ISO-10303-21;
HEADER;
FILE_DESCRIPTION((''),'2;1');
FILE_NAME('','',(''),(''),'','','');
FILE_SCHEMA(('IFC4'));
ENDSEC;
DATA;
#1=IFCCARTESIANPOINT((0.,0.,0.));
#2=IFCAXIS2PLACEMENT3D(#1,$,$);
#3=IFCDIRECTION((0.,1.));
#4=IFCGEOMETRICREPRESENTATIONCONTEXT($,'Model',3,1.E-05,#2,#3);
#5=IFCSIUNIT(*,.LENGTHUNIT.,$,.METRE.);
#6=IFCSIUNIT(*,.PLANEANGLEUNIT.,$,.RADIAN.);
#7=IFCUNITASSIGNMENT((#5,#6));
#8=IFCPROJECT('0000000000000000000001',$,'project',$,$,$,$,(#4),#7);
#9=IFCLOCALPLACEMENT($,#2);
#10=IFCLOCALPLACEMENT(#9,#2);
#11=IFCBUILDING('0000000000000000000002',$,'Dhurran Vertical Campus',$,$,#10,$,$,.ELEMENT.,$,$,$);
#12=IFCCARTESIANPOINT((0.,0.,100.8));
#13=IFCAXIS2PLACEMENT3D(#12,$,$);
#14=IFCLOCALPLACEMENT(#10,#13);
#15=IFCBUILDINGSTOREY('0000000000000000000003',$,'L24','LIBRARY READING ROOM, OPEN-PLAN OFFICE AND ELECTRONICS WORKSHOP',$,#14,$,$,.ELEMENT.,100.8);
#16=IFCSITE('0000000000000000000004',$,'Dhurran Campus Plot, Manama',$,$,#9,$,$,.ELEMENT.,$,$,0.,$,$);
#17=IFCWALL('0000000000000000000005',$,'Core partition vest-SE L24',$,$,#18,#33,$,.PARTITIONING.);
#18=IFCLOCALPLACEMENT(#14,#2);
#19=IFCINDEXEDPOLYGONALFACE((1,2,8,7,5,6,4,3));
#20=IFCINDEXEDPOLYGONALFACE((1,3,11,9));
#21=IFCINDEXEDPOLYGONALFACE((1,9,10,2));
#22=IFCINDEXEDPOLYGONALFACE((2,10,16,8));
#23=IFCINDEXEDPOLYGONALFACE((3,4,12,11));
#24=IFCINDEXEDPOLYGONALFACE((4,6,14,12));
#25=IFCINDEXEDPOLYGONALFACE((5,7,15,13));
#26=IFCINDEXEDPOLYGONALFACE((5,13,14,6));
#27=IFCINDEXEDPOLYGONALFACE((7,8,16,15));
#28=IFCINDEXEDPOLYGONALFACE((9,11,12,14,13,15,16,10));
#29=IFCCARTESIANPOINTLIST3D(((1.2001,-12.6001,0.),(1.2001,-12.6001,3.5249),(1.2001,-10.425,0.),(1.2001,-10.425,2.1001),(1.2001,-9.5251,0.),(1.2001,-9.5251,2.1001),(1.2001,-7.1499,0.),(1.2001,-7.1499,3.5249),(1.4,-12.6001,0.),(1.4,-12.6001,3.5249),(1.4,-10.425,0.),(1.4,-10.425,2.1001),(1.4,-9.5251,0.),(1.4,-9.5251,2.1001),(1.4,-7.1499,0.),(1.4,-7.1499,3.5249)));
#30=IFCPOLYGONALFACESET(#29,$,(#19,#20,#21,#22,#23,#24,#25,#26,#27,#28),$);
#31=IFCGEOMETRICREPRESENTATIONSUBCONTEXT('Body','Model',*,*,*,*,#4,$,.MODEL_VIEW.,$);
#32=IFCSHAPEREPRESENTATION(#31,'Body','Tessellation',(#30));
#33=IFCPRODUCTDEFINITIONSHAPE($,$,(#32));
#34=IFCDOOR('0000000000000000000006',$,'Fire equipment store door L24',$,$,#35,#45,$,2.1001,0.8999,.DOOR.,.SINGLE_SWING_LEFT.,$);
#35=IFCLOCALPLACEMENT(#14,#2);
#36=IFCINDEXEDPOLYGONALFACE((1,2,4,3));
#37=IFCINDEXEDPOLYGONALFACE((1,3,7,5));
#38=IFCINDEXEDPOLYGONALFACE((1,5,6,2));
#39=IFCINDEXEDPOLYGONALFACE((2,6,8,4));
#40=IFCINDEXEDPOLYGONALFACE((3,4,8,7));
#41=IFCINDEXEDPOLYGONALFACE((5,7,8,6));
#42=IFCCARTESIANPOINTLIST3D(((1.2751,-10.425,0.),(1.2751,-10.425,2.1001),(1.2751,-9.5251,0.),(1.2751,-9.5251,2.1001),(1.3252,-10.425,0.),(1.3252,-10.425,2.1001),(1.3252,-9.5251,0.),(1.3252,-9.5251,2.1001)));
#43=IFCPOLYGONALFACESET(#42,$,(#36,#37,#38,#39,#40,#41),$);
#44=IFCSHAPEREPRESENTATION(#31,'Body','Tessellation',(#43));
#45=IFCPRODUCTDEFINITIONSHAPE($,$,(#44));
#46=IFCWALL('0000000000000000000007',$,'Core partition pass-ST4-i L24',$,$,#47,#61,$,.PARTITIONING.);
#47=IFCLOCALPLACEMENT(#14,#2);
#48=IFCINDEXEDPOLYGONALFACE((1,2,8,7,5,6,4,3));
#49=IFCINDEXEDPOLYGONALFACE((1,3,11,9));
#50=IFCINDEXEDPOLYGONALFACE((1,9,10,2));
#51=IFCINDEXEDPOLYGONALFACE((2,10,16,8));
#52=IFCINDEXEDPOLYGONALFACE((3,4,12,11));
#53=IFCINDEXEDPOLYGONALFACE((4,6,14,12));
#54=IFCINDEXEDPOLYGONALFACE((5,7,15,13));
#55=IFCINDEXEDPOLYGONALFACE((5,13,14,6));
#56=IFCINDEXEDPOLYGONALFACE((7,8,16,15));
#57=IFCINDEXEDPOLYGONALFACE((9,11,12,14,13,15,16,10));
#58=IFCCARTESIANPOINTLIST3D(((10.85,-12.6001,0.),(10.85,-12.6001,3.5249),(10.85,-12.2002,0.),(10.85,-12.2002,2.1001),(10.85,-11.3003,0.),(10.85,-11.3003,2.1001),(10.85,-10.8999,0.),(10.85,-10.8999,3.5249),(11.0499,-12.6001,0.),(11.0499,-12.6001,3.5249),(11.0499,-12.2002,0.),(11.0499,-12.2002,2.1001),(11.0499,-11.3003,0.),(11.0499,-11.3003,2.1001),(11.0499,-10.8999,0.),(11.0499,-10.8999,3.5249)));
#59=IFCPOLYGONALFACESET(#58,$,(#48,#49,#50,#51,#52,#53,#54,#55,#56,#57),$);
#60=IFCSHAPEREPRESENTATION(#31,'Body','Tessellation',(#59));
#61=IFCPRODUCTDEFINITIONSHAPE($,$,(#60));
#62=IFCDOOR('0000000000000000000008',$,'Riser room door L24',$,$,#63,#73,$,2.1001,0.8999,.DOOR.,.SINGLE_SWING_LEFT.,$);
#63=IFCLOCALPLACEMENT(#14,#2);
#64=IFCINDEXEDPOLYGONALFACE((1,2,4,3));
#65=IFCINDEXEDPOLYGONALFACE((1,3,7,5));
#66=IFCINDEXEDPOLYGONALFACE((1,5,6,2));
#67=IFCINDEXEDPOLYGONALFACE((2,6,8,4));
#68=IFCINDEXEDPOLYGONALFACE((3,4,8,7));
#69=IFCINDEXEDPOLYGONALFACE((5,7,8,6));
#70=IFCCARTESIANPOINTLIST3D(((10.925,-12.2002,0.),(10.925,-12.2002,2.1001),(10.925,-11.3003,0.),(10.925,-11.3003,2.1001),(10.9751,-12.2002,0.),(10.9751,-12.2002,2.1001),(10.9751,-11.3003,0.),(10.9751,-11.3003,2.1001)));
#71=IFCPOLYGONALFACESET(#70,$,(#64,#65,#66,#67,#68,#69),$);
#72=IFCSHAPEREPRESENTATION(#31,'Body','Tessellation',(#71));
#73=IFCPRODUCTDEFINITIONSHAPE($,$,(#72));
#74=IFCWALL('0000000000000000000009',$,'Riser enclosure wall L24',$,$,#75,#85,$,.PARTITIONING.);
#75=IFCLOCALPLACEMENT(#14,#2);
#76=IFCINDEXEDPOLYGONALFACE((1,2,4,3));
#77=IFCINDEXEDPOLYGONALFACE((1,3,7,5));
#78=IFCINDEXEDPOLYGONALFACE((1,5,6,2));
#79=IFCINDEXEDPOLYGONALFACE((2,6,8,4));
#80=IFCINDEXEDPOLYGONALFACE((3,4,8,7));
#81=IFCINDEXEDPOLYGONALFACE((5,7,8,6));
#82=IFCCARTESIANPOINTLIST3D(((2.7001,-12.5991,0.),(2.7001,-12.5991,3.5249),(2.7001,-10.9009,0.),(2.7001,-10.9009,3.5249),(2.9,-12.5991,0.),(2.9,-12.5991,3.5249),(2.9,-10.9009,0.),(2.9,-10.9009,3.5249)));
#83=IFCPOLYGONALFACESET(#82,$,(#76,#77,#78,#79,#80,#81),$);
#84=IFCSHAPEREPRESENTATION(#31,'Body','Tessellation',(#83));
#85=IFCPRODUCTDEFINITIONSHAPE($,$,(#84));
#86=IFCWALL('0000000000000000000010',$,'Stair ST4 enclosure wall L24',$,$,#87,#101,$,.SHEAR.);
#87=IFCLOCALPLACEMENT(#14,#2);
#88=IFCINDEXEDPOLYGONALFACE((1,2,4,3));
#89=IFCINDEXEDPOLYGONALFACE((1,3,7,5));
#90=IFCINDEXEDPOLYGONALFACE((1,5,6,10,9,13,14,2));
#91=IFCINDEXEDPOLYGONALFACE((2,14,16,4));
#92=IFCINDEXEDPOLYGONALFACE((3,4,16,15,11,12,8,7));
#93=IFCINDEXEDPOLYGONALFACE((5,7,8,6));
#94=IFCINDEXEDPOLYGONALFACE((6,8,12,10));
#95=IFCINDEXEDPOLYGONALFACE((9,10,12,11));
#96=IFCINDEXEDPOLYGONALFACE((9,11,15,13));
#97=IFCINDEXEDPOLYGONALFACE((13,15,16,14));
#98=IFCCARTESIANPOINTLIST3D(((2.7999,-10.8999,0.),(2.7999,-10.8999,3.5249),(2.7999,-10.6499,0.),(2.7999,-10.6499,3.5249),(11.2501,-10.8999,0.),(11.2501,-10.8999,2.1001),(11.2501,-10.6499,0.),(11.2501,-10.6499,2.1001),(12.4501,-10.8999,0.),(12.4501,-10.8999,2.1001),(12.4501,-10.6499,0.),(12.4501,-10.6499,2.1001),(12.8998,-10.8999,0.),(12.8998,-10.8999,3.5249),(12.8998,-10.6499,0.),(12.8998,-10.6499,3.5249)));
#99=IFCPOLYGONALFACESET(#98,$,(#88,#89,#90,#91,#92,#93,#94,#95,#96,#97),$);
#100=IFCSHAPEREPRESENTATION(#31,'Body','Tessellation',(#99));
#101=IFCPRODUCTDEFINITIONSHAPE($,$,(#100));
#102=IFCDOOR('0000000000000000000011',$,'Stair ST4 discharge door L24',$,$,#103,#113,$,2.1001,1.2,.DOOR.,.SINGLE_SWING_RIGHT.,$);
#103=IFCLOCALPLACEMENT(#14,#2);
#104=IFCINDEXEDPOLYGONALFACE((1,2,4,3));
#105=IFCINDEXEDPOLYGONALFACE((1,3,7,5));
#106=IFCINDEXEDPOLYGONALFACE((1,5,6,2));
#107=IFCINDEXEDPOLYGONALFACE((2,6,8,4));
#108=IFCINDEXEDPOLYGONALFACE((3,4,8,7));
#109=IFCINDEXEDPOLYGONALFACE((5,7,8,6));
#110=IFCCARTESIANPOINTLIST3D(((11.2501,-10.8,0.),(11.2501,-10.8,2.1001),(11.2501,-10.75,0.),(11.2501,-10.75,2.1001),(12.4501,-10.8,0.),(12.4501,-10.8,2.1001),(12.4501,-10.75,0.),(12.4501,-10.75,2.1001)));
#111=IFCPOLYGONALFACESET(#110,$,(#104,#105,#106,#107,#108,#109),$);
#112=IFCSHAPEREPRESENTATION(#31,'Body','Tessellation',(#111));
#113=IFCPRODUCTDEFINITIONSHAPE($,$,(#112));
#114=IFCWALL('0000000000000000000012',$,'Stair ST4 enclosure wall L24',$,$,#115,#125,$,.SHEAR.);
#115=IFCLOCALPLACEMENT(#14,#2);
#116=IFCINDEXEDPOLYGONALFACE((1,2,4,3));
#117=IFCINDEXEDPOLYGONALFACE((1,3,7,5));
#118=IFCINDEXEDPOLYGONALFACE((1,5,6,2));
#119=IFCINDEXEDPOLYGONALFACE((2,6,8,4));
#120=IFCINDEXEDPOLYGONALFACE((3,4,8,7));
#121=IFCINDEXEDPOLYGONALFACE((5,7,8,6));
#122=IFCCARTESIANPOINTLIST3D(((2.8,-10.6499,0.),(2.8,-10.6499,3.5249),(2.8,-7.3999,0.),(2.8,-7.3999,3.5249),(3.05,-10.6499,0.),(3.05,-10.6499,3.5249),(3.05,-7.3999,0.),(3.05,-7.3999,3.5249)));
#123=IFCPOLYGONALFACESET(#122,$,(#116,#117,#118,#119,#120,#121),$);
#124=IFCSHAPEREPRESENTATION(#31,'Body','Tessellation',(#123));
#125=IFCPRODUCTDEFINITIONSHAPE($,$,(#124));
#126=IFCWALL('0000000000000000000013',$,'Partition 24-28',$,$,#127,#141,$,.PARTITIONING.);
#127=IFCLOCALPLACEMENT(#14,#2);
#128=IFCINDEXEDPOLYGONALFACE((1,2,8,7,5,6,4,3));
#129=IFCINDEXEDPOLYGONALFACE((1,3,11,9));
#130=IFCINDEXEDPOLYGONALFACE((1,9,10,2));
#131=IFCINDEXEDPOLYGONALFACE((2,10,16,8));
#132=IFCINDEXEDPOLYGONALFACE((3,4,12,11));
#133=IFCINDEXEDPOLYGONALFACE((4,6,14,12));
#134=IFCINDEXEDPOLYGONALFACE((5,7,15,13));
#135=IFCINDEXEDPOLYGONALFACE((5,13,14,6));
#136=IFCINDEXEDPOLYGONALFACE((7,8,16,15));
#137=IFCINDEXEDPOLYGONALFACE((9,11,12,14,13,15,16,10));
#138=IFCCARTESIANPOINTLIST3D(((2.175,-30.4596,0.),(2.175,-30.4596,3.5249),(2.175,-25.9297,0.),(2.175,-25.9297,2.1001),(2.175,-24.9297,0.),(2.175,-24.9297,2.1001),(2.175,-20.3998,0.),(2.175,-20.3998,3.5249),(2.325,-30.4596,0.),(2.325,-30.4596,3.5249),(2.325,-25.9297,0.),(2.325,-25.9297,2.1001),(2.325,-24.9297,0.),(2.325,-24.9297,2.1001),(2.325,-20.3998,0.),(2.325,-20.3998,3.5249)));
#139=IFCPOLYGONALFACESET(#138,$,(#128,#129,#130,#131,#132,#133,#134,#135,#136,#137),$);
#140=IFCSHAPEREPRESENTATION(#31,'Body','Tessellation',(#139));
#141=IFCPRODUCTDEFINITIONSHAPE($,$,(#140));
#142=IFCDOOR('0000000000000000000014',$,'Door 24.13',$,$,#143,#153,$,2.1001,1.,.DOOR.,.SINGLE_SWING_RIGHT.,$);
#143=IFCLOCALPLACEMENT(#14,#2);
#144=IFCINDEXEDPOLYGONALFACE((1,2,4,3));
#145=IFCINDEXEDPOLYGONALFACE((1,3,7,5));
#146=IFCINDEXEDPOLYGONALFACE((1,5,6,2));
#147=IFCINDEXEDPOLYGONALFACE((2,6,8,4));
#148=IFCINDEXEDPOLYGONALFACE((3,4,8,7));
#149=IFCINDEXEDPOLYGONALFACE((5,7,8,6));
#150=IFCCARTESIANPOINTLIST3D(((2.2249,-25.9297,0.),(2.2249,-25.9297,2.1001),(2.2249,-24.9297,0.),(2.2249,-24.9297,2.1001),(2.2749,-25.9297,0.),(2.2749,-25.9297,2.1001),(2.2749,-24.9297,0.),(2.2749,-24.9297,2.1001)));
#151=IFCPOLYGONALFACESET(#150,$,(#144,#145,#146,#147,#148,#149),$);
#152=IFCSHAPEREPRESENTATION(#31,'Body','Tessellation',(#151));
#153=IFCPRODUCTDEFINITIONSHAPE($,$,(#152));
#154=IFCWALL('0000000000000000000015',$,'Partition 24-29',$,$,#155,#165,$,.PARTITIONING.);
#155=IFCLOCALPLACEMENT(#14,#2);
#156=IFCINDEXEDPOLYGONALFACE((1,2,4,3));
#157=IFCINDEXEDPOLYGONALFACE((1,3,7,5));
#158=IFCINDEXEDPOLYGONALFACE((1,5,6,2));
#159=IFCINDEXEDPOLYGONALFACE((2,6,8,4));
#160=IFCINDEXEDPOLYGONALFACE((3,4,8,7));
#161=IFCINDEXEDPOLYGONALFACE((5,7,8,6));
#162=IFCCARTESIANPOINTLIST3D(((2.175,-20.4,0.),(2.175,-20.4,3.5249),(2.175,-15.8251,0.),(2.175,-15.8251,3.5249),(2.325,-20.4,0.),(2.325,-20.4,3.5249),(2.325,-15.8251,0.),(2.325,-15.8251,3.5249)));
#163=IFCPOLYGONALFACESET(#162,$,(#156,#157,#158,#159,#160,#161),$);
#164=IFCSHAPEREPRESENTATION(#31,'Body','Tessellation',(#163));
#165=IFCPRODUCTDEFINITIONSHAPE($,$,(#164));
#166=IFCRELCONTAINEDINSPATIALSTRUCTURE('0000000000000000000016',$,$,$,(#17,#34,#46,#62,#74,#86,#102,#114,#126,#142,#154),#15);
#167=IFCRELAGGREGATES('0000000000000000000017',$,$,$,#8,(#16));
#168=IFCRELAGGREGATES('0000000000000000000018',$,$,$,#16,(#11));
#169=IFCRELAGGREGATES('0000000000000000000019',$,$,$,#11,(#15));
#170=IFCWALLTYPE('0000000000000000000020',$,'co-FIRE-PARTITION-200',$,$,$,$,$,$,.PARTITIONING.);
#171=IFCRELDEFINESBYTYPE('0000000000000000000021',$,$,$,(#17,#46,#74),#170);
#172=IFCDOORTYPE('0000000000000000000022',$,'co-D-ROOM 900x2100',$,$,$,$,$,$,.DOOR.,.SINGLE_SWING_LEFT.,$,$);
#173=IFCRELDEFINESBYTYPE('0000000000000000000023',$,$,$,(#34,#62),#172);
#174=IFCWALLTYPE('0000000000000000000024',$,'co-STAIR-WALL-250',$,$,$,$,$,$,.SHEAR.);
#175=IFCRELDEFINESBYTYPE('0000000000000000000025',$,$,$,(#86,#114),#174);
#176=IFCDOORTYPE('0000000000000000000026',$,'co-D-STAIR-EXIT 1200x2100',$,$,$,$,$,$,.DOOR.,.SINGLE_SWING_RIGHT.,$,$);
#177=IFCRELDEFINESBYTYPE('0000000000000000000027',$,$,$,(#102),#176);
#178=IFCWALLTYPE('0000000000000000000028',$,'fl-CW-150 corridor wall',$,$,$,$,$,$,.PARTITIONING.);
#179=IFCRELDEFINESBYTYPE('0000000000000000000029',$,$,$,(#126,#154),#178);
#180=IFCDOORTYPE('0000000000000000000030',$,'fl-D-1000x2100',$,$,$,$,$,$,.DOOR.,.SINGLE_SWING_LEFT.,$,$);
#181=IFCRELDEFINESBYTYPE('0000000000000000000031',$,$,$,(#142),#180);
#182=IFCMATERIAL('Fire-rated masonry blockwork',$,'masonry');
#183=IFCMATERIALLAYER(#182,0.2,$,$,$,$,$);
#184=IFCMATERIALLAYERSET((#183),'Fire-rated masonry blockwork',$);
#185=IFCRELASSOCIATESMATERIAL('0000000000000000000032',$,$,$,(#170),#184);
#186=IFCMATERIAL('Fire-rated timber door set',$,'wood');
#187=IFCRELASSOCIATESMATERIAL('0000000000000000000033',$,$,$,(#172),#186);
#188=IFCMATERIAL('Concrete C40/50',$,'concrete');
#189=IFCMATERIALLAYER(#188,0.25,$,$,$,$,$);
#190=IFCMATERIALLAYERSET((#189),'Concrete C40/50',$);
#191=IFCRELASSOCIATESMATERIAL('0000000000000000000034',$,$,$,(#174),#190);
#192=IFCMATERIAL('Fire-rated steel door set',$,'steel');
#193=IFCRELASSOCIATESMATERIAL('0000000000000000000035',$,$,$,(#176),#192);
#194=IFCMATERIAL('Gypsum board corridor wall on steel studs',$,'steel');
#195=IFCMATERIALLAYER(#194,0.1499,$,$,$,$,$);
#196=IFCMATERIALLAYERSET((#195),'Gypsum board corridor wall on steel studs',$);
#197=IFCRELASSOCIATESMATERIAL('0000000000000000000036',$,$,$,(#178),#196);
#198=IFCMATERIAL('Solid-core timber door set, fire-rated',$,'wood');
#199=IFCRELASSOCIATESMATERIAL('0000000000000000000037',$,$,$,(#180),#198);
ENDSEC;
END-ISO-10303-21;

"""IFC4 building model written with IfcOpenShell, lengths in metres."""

from ifc_helpers import new_model, si_unit, direction, frame, frame_2d, origin, place, context, subcontext, project, spatial, rectangle, extrude, material, layer, layer_set, type_object, element, fill, save


model = new_model("IFC4")

# Units and contexts
model_context = context("Model", 3, precision=1e-05, world=origin(), true_north=direction((0.0, 1.0)))
body_context = subcontext(model_context, "Body", "Model", "MODEL_VIEW")
ifc_project = project(units=[si_unit("LENGTHUNIT", "METRE"), si_unit("PLANEANGLEUNIT", "RADIAN")], contexts=[model_context])

# Site, building, storey
site_placement = place(None, origin())
site = spatial("IfcSite", under=ifc_project, at=site_placement, Name="Dhurran Campus Plot, Manama", CompositionType="ELEMENT", RefElevation=0.0)
building_placement = place(site_placement, origin())
building = spatial("IfcBuilding", under=site, at=building_placement, Name="Dhurran Vertical Campus", CompositionType="ELEMENT")
storey_placement = place(building_placement, frame((0.0, 0.0, 100.8)))
storey = spatial("IfcBuildingStorey", under=building, at=storey_placement, Name="L24", Description="LIBRARY READING ROOM, OPEN-PLAN OFFICE AND ELECTRONICS WORKSHOP", CompositionType="ELEMENT", Elevation=100.8)

# Walls, openings, doors
ifc_material_1 = material(Name="Fire-rated masonry blockwork", Category="masonry")
ifc_layer_1 = layer(ifc_material_1, 0.2)
ifc_layer_set_1 = layer_set([ifc_layer_1], Name="Fire-rated masonry blockwork")
wall_type_1 = type_object("IfcWallType", Name="co-FIRE-PARTITION-200", PredefinedType="PARTITIONING", material=ifc_layer_set_1)
wall_1_placement = place(storey_placement, frame((1.3, -12.6001, 0.0), z_axis=(0.0, 0.0, 1.0), x_axis=(0.0, 1.0, 0.0)))
wall_1 = element("IfcWall", 1, at=wall_1_placement, inside=storey, type_object=wall_type_1, Name="Core partition vest-SE L24", PredefinedType="PARTITIONING", context=body_context, shape_type="SweptSolid", body=[
    extrude(rectangle(XDim=5.4502, YDim=0.2, at=frame_2d((2.7251, 0.0))), origin(), (0.0, 0.0, 1.0), 3.5249),
])
opening_1_placement = place(wall_1_placement, frame((2.175, 0.0, 0.0)))
opening_1 = element("IfcOpeningElement", 2, at=opening_1_placement, cuts=wall_1, PredefinedType="OPENING", context=body_context, shape_type="SweptSolid", body=[
    extrude(rectangle(XDim=0.8999, YDim=2.1001, at=frame_2d((0.45, 1.05))), frame((0.0, 0.1099, 0.0), z_axis=(0.0, -1.0, 0.0), x_axis=(1.0, 0.0, 0.0)), (0.0, 0.0, 1.0), 0.22),
])
ifc_material_2 = material(Name="Fire-rated timber door set", Category="wood")
door_type_1 = type_object("IfcDoorType", Name="co-D-ROOM 900x2100", OperationType="SINGLE_SWING_LEFT", PredefinedType="DOOR", material=ifc_material_2)
door_1_placement = place(opening_1_placement, origin())
door_1 = element("IfcDoor", 3, at=door_1_placement, inside=storey, type_object=door_type_1, Name="Fire equipment store door L24", OperationType="SINGLE_SWING_LEFT", OverallHeight=2.1001, OverallWidth=0.8999, PredefinedType="DOOR", context=body_context, shape_type="SweptSolid", body=[
    extrude(rectangle(XDim=0.8999, YDim=2.1001, at=frame_2d((0.45, 1.05))), frame((0.0, 0.0249, 0.0), z_axis=(0.0, -1.0, 0.0), x_axis=(1.0, 0.0, 0.0)), (0.0, 0.0, 1.0), 0.05),
])
fill(opening_1, door_1)
wall_2_placement = place(storey_placement, frame((10.95, -12.6001, 0.0), z_axis=(0.0, 0.0, 1.0), x_axis=(0.0, 1.0, 0.0)))
wall_2 = element("IfcWall", 4, at=wall_2_placement, inside=storey, type_object=wall_type_1, Name="Core partition pass-ST4-i L24", PredefinedType="PARTITIONING", context=body_context, shape_type="SweptSolid", body=[
    extrude(rectangle(XDim=1.7002, YDim=0.2, at=frame_2d((0.8501, 0.0))), origin(), (0.0, 0.0, 1.0), 3.5249),
])
opening_2_placement = place(wall_2_placement, frame((0.3999, 0.0, 0.0)))
opening_2 = element("IfcOpeningElement", 5, at=opening_2_placement, cuts=wall_2, PredefinedType="OPENING", context=body_context, shape_type="SweptSolid", body=[
    extrude(rectangle(XDim=0.8999, YDim=2.1001, at=frame_2d((0.45, 1.05))), frame((0.0, 0.1099, 0.0), z_axis=(0.0, -1.0, 0.0), x_axis=(1.0, 0.0, 0.0)), (0.0, 0.0, 1.0), 0.22),
])
door_2_placement = place(opening_2_placement, origin())
door_2 = element("IfcDoor", 6, at=door_2_placement, inside=storey, type_object=door_type_1, Name="Riser room door L24", OperationType="SINGLE_SWING_LEFT", OverallHeight=2.1001, OverallWidth=0.8999, PredefinedType="DOOR", context=body_context, shape_type="SweptSolid", body=[
    extrude(rectangle(XDim=0.8999, YDim=2.1001, at=frame_2d((0.45, 1.05))), frame((0.0, 0.0249, 0.0), z_axis=(0.0, -1.0, 0.0), x_axis=(1.0, 0.0, 0.0)), (0.0, 0.0, 1.0), 0.05),
])
fill(opening_2, door_2)

# Wall
wall_3_placement = place(storey_placement, frame((2.8, -10.9009, 0.0), z_axis=(0.0, 0.0, 1.0), x_axis=(0.0, -1.0, 0.0)))
element("IfcWall", 7, at=wall_3_placement, inside=storey, type_object=wall_type_1, Name="Riser enclosure wall L24", PredefinedType="PARTITIONING", context=body_context, shape_type="SweptSolid", body=[
    extrude(rectangle(XDim=1.6982, YDim=0.2, at=frame_2d((0.8491, 0.0))), origin(), (0.0, 0.0, 1.0), 3.5249),
])

# Wall, opening, door
ifc_material_3 = material(Name="Concrete C40/50", Category="concrete")
ifc_layer_2 = layer(ifc_material_3, 0.25)
ifc_layer_set_2 = layer_set([ifc_layer_2], Name="Concrete C40/50")
wall_type_2 = type_object("IfcWallType", Name="co-STAIR-WALL-250", PredefinedType="SHEAR", material=ifc_layer_set_2)
wall_4_placement = place(storey_placement, frame((2.8, -10.7749, 0.0), z_axis=(0.0, 0.0, 1.0), x_axis=(1.0, 0.0, 0.0)))
wall_4 = element("IfcWall", 8, at=wall_4_placement, inside=storey, type_object=wall_type_2, Name="Stair ST4 enclosure wall L24", PredefinedType="SHEAR", context=body_context, shape_type="SweptSolid", body=[
    extrude(rectangle(XDim=10.0999, YDim=0.25, at=frame_2d((5.0498, 0.0))), origin(), (0.0, 0.0, 1.0), 3.5249),
])
opening_3_placement = place(wall_4_placement, frame((8.45, 0.0, 0.0)))
opening_3 = element("IfcOpeningElement", 9, at=opening_3_placement, cuts=wall_4, PredefinedType="OPENING", context=body_context, shape_type="SweptSolid", body=[
    extrude(rectangle(XDim=1.2, YDim=2.1001, at=frame_2d((0.6001, 1.05))), frame((0.0, 0.135, 0.0), z_axis=(0.0, -1.0, 0.0), x_axis=(1.0, 0.0, 0.0)), (0.0, 0.0, 1.0), 0.27),
])
ifc_material_4 = material(Name="Fire-rated steel door set", Category="steel")
door_type_2 = type_object("IfcDoorType", Name="co-D-STAIR-EXIT 1200x2100", OperationType="SINGLE_SWING_RIGHT", PredefinedType="DOOR", material=ifc_material_4)
door_3_placement = place(opening_3_placement, origin())
door_3 = element("IfcDoor", 10, at=door_3_placement, inside=storey, type_object=door_type_2, Name="Stair ST4 discharge door L24", OperationType="SINGLE_SWING_RIGHT", OverallHeight=2.1001, OverallWidth=1.2, PredefinedType="DOOR", context=body_context, shape_type="SweptSolid", body=[
    extrude(rectangle(XDim=1.2, YDim=2.1001, at=frame_2d((0.6001, 1.05))), frame((0.0, 0.0249, 0.0), z_axis=(0.0, -1.0, 0.0), x_axis=(1.0, 0.0, 0.0)), (0.0, 0.0, 1.0), 0.05),
])
fill(opening_3, door_3)

# Wall
wall_5_placement = place(storey_placement, frame((2.925, -10.6499, 0.0), z_axis=(0.0, 0.0, 1.0), x_axis=(0.0, 1.0, 0.0)))
element("IfcWall", 11, at=wall_5_placement, inside=storey, type_object=wall_type_2, Name="Stair ST4 enclosure wall L24", PredefinedType="SHEAR", context=body_context, shape_type="SweptSolid", body=[
    extrude(rectangle(XDim=3.25, YDim=0.25, at=frame_2d((1.625, 0.0))), origin(), (0.0, 0.0, 1.0), 3.5249),
])

# Wall, opening, door
ifc_material_5 = material(Name="Gypsum board corridor wall on steel studs", Category="steel")
ifc_layer_3 = layer(ifc_material_5, 0.1499)
ifc_layer_set_3 = layer_set([ifc_layer_3], Name="Gypsum board corridor wall on steel studs")
wall_type_3 = type_object("IfcWallType", Name="fl-CW-150 corridor wall", PredefinedType="PARTITIONING", material=ifc_layer_set_3)
wall_6_placement = place(storey_placement, frame((2.25, -20.3999, 0.0), z_axis=(0.0, 0.0, 1.0), x_axis=(0.0, -1.0, 0.0)))
wall_6 = element("IfcWall", 12, at=wall_6_placement, inside=storey, type_object=wall_type_3, Name="Partition 24-28", PredefinedType="PARTITIONING", context=body_context, shape_type="SweptSolid", body=[
    extrude(rectangle(XDim=10.0598, YDim=0.1499, at=frame_2d((5.0298, 0.0))), origin(), (0.0, 0.0, 1.0), 3.5249),
])
opening_4_placement = place(wall_6_placement, frame((4.5298, 0.0, 0.0)))
opening_4 = element("IfcOpeningElement", 13, at=opening_4_placement, cuts=wall_6, PredefinedType="OPENING", context=body_context, shape_type="SweptSolid", body=[
    extrude(rectangle(XDim=1.0, YDim=2.1001, at=frame_2d((0.5, 1.05))), frame((0.0, 0.085, 0.0), z_axis=(0.0, -1.0, 0.0), x_axis=(1.0, 0.0, 0.0)), (0.0, 0.0, 1.0), 0.1699),
])
ifc_material_6 = material(Name="Solid-core timber door set, fire-rated", Category="wood")
door_type_3 = type_object("IfcDoorType", Name="fl-D-1000x2100", OperationType="SINGLE_SWING_LEFT", PredefinedType="DOOR", material=ifc_material_6)
door_4_placement = place(opening_4_placement, origin())
door_4 = element("IfcDoor", 14, at=door_4_placement, inside=storey, type_object=door_type_3, Name="Door 24.13", OperationType="SINGLE_SWING_RIGHT", OverallHeight=2.1001, OverallWidth=1.0, PredefinedType="DOOR", context=body_context, shape_type="SweptSolid", body=[
    extrude(rectangle(XDim=1.0, YDim=2.1001, at=frame_2d((0.5, 1.05))), frame((0.0, 0.0249, 0.0), z_axis=(0.0, -1.0, 0.0), x_axis=(1.0, 0.0, 0.0)), (0.0, 0.0, 1.0), 0.05),
])
fill(opening_4, door_4)

# Wall
wall_7_placement = place(storey_placement, frame((2.25, -15.825, 0.0), z_axis=(0.0, 0.0, 1.0), x_axis=(0.0, -1.0, 0.0)))
element("IfcWall", 15, at=wall_7_placement, inside=storey, type_object=wall_type_3, Name="Partition 24-29", PredefinedType="PARTITIONING", context=body_context, shape_type="SweptSolid", body=[
    extrude(rectangle(XDim=4.575, YDim=0.1499, at=frame_2d((2.2876, 0.0))), origin(), (0.0, 0.0, 1.0), 3.5249),
])

save(model, "model.ifc")
